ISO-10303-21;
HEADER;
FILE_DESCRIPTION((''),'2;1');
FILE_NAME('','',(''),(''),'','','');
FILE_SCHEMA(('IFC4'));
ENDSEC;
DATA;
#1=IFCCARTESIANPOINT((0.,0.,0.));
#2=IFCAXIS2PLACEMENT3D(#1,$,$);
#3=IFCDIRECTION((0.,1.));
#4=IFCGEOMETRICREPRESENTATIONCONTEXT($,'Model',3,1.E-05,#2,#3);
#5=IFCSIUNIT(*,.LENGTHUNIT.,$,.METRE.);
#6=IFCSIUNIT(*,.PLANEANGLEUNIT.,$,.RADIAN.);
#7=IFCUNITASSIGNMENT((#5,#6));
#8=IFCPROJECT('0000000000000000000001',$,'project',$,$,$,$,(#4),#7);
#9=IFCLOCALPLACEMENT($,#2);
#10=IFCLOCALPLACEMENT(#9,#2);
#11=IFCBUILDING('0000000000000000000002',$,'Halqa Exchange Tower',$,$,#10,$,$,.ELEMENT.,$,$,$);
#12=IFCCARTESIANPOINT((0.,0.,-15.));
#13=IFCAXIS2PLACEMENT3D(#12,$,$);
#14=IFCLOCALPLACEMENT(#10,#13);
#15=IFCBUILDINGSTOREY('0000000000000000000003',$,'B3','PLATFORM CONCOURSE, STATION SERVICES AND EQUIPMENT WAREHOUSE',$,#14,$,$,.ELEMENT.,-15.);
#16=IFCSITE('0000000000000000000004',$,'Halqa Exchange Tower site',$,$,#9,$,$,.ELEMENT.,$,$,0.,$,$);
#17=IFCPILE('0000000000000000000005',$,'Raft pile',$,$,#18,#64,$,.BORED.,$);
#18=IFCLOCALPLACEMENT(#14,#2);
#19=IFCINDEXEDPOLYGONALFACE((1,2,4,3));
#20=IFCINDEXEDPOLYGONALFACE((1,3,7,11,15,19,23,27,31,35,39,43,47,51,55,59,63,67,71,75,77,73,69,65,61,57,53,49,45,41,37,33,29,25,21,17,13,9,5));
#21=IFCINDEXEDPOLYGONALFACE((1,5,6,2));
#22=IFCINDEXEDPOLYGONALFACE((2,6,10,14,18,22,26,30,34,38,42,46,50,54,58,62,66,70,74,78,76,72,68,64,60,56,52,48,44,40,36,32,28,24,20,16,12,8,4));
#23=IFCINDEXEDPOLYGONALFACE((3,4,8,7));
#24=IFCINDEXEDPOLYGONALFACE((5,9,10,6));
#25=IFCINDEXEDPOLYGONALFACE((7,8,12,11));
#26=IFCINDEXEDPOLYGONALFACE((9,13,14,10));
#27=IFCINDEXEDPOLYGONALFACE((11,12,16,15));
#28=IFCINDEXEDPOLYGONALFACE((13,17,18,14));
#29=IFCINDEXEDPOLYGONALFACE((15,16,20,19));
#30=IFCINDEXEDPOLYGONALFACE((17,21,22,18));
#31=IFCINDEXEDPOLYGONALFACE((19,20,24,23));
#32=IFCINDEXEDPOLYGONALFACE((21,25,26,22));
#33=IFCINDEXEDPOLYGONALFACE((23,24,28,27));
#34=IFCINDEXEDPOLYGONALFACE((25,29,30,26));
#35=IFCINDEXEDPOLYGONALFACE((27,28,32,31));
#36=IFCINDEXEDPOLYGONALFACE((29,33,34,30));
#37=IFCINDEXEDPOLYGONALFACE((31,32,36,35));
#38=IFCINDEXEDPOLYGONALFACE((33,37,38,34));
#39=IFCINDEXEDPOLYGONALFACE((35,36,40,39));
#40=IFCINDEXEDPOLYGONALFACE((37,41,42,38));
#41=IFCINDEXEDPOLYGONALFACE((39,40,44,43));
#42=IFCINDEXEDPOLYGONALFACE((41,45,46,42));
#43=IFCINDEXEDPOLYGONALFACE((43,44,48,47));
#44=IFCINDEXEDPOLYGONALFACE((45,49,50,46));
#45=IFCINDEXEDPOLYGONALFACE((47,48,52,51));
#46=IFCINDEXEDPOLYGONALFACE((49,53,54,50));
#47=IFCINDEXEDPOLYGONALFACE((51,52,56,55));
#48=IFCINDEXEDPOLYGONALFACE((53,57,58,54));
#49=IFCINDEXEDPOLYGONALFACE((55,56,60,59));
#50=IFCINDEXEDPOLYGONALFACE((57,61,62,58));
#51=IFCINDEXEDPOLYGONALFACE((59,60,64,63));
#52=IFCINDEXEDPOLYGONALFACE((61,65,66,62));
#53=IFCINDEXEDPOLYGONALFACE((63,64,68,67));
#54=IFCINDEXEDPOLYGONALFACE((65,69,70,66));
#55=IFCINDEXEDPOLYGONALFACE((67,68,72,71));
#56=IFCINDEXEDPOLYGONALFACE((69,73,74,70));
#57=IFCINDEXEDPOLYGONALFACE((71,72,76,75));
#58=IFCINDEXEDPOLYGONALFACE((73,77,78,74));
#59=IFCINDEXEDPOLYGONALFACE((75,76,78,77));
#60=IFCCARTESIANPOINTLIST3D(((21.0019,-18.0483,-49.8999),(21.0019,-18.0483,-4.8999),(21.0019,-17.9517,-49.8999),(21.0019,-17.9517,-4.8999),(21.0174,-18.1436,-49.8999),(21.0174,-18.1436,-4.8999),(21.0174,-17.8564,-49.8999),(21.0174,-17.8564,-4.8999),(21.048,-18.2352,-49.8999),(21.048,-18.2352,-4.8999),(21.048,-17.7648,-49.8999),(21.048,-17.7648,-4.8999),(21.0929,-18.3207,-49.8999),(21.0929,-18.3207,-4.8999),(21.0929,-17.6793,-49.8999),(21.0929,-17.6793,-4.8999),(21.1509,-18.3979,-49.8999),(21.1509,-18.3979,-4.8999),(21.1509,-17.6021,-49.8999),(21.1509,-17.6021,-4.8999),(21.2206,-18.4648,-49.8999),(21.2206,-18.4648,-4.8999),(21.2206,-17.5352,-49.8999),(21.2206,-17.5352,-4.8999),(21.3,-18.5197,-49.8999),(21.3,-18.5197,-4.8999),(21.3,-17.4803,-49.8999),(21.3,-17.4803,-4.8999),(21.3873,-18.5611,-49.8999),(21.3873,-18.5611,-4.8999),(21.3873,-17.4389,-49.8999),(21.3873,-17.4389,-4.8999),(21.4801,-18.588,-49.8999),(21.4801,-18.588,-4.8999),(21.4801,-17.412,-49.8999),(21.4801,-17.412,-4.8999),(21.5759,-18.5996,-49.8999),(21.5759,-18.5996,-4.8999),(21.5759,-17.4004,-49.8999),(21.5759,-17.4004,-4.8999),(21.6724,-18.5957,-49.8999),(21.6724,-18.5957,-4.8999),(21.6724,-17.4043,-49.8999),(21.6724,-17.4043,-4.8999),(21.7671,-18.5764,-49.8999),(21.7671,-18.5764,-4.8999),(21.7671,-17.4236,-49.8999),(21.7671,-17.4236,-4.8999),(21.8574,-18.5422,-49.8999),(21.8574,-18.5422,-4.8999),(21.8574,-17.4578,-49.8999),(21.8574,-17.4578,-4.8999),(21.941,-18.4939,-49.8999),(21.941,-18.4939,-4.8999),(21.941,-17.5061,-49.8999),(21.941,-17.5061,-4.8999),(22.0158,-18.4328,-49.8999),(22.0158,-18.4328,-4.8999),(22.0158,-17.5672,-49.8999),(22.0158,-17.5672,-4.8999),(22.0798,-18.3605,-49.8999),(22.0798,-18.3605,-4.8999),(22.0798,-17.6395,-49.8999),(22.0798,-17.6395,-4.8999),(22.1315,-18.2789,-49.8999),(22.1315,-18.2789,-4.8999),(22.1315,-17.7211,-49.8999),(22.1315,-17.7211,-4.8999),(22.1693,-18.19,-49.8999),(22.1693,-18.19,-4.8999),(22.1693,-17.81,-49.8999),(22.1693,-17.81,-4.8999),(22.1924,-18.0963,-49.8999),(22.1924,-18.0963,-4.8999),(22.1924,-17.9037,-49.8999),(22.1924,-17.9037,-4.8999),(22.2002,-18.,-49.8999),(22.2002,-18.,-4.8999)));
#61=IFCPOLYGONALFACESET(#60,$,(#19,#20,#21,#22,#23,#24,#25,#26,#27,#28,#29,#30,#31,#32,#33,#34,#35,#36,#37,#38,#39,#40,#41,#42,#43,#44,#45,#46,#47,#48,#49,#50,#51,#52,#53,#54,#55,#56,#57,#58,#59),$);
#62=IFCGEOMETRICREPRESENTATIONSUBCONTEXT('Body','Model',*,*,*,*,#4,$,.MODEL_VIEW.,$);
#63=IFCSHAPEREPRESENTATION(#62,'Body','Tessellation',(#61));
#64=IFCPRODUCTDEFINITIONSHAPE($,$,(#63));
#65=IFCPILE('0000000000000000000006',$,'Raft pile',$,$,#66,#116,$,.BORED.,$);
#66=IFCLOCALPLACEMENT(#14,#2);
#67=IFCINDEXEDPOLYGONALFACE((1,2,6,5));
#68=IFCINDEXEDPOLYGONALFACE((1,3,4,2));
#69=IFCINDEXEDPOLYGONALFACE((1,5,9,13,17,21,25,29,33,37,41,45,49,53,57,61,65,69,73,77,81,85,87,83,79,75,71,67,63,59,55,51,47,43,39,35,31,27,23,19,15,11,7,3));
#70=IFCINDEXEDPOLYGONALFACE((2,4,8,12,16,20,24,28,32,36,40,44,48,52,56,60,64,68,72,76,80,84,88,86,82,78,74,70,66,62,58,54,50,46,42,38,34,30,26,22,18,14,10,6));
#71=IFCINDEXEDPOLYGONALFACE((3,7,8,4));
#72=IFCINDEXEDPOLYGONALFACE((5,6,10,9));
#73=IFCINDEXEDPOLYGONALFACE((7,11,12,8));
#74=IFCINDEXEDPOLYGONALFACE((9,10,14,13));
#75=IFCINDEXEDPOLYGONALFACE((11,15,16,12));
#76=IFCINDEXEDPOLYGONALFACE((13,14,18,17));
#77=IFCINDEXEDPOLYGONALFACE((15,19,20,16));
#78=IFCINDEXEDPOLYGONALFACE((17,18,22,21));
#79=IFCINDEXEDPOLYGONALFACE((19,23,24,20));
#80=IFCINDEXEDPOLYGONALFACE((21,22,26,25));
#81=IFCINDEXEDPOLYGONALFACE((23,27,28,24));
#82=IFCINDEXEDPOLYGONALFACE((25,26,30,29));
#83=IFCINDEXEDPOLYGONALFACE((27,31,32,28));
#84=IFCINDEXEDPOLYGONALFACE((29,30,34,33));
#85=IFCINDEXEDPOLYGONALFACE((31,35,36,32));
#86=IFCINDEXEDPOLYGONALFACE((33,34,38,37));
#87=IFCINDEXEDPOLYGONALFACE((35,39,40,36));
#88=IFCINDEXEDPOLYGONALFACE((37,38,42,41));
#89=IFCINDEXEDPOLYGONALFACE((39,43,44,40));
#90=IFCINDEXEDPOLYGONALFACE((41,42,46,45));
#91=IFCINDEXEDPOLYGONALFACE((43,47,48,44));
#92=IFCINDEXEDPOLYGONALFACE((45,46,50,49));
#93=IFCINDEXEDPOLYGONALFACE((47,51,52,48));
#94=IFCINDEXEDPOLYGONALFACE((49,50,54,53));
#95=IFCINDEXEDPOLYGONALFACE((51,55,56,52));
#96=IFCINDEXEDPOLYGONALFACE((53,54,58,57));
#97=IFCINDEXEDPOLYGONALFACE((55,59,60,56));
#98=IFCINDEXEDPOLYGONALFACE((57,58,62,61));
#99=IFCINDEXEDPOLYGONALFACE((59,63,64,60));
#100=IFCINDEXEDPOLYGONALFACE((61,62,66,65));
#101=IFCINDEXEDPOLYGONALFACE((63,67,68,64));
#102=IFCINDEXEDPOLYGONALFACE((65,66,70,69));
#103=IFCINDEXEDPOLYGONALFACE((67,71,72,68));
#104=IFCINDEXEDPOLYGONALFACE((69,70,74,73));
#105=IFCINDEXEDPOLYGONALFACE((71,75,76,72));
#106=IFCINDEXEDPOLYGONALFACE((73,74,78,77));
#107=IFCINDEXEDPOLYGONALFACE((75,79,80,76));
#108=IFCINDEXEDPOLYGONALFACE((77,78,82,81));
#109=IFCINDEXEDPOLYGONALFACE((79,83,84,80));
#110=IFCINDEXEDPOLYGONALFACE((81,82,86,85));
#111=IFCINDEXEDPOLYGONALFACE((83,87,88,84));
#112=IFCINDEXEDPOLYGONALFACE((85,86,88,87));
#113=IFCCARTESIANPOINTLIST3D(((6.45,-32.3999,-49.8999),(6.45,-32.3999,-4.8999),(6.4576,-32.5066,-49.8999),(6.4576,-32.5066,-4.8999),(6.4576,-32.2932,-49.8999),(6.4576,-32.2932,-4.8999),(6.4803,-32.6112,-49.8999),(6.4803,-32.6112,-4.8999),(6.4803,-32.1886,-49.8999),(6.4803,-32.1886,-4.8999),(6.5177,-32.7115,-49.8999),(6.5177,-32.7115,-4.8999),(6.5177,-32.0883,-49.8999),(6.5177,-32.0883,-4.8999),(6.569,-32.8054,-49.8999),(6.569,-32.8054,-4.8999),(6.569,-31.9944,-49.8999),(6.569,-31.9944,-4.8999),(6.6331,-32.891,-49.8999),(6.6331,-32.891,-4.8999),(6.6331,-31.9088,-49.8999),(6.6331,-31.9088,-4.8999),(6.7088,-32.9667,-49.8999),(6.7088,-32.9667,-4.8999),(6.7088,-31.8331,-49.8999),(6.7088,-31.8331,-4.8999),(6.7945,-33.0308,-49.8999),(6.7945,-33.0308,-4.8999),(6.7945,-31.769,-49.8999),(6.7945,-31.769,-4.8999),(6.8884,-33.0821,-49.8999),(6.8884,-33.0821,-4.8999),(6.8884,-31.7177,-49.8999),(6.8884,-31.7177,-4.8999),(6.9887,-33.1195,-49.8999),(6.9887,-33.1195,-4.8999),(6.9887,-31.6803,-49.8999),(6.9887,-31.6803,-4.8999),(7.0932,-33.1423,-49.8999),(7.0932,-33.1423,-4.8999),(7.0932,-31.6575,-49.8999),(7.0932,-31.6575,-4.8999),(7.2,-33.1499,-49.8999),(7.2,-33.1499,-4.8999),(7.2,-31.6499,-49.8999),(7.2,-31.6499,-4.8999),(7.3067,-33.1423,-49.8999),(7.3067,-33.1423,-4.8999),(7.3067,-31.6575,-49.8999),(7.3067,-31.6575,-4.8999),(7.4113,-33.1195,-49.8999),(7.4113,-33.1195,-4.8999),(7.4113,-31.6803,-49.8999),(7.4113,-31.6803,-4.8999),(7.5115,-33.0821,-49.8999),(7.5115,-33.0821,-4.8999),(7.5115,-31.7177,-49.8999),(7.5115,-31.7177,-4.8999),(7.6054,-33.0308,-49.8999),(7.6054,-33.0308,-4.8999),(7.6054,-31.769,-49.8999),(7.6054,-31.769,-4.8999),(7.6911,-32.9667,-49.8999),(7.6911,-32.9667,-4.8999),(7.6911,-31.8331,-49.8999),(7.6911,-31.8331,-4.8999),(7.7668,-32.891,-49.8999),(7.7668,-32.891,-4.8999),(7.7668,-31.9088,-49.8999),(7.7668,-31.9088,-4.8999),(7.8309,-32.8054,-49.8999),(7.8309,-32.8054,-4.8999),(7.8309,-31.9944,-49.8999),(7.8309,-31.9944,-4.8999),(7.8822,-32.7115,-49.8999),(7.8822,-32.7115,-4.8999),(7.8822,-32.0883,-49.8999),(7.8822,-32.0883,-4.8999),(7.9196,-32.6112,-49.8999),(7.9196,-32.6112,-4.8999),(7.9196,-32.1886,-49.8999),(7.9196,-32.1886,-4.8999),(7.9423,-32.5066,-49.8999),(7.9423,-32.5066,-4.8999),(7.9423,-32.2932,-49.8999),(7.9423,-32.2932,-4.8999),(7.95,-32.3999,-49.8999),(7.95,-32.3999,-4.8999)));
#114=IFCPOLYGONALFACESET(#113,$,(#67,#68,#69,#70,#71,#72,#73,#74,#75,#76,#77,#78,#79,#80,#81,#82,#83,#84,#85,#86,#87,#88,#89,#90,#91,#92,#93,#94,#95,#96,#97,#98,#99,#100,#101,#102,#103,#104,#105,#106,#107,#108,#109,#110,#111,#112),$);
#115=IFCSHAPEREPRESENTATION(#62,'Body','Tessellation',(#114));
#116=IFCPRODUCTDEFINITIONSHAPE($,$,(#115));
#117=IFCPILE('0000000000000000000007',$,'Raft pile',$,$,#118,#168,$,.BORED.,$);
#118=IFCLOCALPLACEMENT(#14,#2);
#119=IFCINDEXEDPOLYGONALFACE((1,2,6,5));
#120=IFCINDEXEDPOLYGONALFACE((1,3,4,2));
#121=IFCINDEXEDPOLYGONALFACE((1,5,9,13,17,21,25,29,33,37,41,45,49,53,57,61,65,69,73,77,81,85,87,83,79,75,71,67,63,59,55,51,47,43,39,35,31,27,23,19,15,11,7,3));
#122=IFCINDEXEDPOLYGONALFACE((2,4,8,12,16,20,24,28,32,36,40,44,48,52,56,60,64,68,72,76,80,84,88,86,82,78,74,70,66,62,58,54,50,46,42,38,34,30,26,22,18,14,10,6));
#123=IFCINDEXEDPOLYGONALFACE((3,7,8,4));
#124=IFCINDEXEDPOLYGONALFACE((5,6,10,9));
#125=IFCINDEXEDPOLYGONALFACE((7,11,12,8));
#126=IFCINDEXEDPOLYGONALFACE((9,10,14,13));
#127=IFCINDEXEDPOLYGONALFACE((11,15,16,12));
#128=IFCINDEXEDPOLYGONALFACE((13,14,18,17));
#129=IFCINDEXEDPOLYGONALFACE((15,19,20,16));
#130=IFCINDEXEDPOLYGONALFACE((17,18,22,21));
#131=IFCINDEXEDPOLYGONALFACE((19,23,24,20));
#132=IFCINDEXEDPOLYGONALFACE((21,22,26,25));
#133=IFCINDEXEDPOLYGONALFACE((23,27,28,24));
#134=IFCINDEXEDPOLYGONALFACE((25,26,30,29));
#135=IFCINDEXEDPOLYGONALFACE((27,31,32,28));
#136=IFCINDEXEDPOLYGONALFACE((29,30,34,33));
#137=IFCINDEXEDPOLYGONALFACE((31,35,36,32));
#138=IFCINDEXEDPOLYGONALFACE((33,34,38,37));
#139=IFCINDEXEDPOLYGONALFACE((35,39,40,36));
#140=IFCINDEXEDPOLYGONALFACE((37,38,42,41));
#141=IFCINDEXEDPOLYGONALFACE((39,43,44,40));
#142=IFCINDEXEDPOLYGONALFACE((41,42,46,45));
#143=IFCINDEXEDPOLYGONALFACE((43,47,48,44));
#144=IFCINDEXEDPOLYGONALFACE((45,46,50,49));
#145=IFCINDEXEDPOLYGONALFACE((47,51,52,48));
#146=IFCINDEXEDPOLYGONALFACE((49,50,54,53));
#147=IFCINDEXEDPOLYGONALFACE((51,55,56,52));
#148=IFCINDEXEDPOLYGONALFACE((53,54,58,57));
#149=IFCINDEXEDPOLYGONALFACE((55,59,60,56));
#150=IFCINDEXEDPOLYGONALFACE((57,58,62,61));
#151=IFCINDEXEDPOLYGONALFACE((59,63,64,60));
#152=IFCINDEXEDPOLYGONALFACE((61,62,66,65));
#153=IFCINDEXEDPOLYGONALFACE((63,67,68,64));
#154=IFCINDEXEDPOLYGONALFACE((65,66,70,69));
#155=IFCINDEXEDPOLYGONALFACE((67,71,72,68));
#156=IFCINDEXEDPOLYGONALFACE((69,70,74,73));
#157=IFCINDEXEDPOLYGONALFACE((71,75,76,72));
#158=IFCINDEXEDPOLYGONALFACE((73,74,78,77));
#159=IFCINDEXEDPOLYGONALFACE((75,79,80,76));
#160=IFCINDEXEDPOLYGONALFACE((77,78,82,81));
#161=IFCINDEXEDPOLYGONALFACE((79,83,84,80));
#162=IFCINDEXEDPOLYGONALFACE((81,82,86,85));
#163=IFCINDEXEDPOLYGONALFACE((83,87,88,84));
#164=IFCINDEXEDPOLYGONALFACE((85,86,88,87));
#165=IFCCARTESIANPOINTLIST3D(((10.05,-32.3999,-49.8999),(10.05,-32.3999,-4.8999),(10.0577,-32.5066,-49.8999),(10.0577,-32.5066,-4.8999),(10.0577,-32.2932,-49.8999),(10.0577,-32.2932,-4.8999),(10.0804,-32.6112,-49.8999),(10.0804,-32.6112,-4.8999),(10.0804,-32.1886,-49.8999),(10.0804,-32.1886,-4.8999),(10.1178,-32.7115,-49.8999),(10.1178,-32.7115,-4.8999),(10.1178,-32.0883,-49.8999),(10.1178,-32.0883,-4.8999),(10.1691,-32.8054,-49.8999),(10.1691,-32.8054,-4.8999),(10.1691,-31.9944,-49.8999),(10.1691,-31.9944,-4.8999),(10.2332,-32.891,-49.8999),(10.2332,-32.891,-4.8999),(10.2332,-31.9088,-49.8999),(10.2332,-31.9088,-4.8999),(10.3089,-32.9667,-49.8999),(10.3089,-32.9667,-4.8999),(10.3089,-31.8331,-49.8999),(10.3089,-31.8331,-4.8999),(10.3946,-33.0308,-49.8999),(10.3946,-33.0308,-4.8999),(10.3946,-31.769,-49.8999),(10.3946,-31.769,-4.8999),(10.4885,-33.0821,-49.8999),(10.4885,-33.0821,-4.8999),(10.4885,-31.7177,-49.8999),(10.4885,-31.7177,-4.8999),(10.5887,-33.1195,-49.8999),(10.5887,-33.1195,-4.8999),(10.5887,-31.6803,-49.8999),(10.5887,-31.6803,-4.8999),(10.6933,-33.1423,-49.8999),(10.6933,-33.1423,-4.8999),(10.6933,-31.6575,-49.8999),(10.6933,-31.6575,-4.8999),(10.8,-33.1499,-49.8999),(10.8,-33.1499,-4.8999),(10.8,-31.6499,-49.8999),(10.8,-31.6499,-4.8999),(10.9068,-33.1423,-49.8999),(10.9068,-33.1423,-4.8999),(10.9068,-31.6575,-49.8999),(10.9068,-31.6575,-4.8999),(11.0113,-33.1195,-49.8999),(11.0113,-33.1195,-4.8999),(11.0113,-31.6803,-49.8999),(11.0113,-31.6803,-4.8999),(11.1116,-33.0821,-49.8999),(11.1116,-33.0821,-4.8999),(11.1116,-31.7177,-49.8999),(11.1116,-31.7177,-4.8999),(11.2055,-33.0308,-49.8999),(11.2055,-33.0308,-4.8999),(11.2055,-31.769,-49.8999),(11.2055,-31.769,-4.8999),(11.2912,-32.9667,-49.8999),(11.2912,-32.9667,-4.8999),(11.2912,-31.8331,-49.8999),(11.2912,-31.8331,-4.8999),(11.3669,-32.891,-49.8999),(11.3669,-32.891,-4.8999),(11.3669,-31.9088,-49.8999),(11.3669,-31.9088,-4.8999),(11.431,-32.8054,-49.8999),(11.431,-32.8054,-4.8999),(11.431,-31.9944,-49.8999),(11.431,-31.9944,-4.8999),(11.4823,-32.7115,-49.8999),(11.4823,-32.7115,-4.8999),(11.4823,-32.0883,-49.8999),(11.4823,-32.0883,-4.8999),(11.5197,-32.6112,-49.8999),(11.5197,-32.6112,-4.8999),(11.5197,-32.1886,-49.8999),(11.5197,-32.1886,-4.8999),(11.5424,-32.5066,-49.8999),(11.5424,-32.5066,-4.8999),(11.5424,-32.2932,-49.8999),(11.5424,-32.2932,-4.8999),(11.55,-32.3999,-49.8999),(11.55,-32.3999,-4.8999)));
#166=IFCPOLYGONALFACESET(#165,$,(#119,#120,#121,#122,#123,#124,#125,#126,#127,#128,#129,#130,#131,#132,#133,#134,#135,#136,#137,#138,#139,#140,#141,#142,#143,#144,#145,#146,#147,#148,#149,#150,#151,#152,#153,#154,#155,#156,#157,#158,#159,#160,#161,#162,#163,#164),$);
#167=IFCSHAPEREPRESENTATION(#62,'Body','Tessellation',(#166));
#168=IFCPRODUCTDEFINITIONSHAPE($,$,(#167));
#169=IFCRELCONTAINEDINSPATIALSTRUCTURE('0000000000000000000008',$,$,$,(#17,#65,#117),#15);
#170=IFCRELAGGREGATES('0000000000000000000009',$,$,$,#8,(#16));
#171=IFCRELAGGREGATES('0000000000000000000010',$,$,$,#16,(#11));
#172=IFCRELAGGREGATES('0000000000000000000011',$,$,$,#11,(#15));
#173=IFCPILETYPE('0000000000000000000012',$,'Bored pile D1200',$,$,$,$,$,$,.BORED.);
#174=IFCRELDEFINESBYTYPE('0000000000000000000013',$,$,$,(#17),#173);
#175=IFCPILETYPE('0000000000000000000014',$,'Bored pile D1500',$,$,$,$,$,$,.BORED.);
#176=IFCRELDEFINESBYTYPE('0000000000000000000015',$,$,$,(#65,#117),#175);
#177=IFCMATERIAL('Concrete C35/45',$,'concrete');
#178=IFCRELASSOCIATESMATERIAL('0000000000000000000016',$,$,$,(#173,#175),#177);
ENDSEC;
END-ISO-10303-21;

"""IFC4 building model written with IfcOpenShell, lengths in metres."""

from ifc_helpers import new_model, si_unit, direction, frame, origin, origin_2d, place, context, subcontext, project, spatial, circle, extrude, material, material_profile, profile_set, type_object, element, save


model = new_model("IFC4")

# Units and contexts
model_context = context("Model", 3, precision=1e-05, world=origin(), true_north=direction((0.0, 1.0)))
body_context = subcontext(model_context, "Body", "Model", "MODEL_VIEW")
ifc_project = project(units=[si_unit("LENGTHUNIT", "METRE"), si_unit("PLANEANGLEUNIT", "RADIAN")], contexts=[model_context])

# Site, building, storey
site_placement = place(None, origin())
site = spatial("IfcSite", under=ifc_project, at=site_placement, Name="Halqa Exchange Tower site", CompositionType="ELEMENT", RefElevation=0.0)
building_placement = place(site_placement, origin())
building = spatial("IfcBuilding", under=site, at=building_placement, Name="Halqa Exchange Tower", CompositionType="ELEMENT")
storey_placement = place(building_placement, frame((0.0, 0.0, -15.0)))
storey = spatial("IfcBuildingStorey", under=building, at=storey_placement, Name="B3", Description="PLATFORM CONCOURSE, STATION SERVICES AND EQUIPMENT WAREHOUSE", CompositionType="ELEMENT", Elevation=-15.0)

# Piles
ifc_material_1 = material(Name="Concrete C35/45", Category="concrete")
ifc_material_profile_1 = material_profile(ifc_material_1, circle(Radius=0.6001, at=origin_2d()), Name="D1200")
ifc_profile_set_1 = profile_set([ifc_material_profile_1], Name="Concrete C35/45")
pile_type_1 = type_object("IfcPileType", Name="Bored pile D1200", PredefinedType="BORED", material=ifc_profile_set_1)
for number, where, z_axis, x_axis, name in (
    (1, (21.6001, -18.0, -4.8999), (0.0, 0.0, -1.0), (1.0, 0.0, 0.0), "Raft pile"),
):
    element("IfcPile", number, at=place(storey_placement, frame(where, z_axis=z_axis, x_axis=x_axis)), inside=storey, type_object=pile_type_1, Name=name, PredefinedType="BORED", context=body_context, shape_type="SweptSolid", body=[
        extrude(circle(Radius=0.6001, at=origin_2d()), origin(), (0.0, 0.0, 1.0), 45.0),
    ])
ifc_material_profile_2 = material_profile(ifc_material_1, circle(Radius=0.75, at=origin_2d()), Name="D1500")
ifc_profile_set_2 = profile_set([ifc_material_profile_2], Name="Concrete C35/45")
pile_type_2 = type_object("IfcPileType", Name="Bored pile D1500", PredefinedType="BORED", material=ifc_profile_set_2)
for number, where, z_axis, x_axis, name in (
    (2, (7.2, -32.3999, -4.8999), (0.0, 0.0, -1.0), (1.0, 0.0, 0.0), "Raft pile"),
    (3, (10.8, -32.3999, -4.8999), (0.0, 0.0, -1.0), (1.0, 0.0, 0.0), "Raft pile"),
):
    element("IfcPile", number, at=place(storey_placement, frame(where, z_axis=z_axis, x_axis=x_axis)), inside=storey, type_object=pile_type_2, Name=name, PredefinedType="BORED", context=body_context, shape_type="SweptSolid", body=[
        extrude(circle(Radius=0.75, at=origin_2d()), origin(), (0.0, 0.0, 1.0), 45.0),
    ])

save(model, "model.ifc")
